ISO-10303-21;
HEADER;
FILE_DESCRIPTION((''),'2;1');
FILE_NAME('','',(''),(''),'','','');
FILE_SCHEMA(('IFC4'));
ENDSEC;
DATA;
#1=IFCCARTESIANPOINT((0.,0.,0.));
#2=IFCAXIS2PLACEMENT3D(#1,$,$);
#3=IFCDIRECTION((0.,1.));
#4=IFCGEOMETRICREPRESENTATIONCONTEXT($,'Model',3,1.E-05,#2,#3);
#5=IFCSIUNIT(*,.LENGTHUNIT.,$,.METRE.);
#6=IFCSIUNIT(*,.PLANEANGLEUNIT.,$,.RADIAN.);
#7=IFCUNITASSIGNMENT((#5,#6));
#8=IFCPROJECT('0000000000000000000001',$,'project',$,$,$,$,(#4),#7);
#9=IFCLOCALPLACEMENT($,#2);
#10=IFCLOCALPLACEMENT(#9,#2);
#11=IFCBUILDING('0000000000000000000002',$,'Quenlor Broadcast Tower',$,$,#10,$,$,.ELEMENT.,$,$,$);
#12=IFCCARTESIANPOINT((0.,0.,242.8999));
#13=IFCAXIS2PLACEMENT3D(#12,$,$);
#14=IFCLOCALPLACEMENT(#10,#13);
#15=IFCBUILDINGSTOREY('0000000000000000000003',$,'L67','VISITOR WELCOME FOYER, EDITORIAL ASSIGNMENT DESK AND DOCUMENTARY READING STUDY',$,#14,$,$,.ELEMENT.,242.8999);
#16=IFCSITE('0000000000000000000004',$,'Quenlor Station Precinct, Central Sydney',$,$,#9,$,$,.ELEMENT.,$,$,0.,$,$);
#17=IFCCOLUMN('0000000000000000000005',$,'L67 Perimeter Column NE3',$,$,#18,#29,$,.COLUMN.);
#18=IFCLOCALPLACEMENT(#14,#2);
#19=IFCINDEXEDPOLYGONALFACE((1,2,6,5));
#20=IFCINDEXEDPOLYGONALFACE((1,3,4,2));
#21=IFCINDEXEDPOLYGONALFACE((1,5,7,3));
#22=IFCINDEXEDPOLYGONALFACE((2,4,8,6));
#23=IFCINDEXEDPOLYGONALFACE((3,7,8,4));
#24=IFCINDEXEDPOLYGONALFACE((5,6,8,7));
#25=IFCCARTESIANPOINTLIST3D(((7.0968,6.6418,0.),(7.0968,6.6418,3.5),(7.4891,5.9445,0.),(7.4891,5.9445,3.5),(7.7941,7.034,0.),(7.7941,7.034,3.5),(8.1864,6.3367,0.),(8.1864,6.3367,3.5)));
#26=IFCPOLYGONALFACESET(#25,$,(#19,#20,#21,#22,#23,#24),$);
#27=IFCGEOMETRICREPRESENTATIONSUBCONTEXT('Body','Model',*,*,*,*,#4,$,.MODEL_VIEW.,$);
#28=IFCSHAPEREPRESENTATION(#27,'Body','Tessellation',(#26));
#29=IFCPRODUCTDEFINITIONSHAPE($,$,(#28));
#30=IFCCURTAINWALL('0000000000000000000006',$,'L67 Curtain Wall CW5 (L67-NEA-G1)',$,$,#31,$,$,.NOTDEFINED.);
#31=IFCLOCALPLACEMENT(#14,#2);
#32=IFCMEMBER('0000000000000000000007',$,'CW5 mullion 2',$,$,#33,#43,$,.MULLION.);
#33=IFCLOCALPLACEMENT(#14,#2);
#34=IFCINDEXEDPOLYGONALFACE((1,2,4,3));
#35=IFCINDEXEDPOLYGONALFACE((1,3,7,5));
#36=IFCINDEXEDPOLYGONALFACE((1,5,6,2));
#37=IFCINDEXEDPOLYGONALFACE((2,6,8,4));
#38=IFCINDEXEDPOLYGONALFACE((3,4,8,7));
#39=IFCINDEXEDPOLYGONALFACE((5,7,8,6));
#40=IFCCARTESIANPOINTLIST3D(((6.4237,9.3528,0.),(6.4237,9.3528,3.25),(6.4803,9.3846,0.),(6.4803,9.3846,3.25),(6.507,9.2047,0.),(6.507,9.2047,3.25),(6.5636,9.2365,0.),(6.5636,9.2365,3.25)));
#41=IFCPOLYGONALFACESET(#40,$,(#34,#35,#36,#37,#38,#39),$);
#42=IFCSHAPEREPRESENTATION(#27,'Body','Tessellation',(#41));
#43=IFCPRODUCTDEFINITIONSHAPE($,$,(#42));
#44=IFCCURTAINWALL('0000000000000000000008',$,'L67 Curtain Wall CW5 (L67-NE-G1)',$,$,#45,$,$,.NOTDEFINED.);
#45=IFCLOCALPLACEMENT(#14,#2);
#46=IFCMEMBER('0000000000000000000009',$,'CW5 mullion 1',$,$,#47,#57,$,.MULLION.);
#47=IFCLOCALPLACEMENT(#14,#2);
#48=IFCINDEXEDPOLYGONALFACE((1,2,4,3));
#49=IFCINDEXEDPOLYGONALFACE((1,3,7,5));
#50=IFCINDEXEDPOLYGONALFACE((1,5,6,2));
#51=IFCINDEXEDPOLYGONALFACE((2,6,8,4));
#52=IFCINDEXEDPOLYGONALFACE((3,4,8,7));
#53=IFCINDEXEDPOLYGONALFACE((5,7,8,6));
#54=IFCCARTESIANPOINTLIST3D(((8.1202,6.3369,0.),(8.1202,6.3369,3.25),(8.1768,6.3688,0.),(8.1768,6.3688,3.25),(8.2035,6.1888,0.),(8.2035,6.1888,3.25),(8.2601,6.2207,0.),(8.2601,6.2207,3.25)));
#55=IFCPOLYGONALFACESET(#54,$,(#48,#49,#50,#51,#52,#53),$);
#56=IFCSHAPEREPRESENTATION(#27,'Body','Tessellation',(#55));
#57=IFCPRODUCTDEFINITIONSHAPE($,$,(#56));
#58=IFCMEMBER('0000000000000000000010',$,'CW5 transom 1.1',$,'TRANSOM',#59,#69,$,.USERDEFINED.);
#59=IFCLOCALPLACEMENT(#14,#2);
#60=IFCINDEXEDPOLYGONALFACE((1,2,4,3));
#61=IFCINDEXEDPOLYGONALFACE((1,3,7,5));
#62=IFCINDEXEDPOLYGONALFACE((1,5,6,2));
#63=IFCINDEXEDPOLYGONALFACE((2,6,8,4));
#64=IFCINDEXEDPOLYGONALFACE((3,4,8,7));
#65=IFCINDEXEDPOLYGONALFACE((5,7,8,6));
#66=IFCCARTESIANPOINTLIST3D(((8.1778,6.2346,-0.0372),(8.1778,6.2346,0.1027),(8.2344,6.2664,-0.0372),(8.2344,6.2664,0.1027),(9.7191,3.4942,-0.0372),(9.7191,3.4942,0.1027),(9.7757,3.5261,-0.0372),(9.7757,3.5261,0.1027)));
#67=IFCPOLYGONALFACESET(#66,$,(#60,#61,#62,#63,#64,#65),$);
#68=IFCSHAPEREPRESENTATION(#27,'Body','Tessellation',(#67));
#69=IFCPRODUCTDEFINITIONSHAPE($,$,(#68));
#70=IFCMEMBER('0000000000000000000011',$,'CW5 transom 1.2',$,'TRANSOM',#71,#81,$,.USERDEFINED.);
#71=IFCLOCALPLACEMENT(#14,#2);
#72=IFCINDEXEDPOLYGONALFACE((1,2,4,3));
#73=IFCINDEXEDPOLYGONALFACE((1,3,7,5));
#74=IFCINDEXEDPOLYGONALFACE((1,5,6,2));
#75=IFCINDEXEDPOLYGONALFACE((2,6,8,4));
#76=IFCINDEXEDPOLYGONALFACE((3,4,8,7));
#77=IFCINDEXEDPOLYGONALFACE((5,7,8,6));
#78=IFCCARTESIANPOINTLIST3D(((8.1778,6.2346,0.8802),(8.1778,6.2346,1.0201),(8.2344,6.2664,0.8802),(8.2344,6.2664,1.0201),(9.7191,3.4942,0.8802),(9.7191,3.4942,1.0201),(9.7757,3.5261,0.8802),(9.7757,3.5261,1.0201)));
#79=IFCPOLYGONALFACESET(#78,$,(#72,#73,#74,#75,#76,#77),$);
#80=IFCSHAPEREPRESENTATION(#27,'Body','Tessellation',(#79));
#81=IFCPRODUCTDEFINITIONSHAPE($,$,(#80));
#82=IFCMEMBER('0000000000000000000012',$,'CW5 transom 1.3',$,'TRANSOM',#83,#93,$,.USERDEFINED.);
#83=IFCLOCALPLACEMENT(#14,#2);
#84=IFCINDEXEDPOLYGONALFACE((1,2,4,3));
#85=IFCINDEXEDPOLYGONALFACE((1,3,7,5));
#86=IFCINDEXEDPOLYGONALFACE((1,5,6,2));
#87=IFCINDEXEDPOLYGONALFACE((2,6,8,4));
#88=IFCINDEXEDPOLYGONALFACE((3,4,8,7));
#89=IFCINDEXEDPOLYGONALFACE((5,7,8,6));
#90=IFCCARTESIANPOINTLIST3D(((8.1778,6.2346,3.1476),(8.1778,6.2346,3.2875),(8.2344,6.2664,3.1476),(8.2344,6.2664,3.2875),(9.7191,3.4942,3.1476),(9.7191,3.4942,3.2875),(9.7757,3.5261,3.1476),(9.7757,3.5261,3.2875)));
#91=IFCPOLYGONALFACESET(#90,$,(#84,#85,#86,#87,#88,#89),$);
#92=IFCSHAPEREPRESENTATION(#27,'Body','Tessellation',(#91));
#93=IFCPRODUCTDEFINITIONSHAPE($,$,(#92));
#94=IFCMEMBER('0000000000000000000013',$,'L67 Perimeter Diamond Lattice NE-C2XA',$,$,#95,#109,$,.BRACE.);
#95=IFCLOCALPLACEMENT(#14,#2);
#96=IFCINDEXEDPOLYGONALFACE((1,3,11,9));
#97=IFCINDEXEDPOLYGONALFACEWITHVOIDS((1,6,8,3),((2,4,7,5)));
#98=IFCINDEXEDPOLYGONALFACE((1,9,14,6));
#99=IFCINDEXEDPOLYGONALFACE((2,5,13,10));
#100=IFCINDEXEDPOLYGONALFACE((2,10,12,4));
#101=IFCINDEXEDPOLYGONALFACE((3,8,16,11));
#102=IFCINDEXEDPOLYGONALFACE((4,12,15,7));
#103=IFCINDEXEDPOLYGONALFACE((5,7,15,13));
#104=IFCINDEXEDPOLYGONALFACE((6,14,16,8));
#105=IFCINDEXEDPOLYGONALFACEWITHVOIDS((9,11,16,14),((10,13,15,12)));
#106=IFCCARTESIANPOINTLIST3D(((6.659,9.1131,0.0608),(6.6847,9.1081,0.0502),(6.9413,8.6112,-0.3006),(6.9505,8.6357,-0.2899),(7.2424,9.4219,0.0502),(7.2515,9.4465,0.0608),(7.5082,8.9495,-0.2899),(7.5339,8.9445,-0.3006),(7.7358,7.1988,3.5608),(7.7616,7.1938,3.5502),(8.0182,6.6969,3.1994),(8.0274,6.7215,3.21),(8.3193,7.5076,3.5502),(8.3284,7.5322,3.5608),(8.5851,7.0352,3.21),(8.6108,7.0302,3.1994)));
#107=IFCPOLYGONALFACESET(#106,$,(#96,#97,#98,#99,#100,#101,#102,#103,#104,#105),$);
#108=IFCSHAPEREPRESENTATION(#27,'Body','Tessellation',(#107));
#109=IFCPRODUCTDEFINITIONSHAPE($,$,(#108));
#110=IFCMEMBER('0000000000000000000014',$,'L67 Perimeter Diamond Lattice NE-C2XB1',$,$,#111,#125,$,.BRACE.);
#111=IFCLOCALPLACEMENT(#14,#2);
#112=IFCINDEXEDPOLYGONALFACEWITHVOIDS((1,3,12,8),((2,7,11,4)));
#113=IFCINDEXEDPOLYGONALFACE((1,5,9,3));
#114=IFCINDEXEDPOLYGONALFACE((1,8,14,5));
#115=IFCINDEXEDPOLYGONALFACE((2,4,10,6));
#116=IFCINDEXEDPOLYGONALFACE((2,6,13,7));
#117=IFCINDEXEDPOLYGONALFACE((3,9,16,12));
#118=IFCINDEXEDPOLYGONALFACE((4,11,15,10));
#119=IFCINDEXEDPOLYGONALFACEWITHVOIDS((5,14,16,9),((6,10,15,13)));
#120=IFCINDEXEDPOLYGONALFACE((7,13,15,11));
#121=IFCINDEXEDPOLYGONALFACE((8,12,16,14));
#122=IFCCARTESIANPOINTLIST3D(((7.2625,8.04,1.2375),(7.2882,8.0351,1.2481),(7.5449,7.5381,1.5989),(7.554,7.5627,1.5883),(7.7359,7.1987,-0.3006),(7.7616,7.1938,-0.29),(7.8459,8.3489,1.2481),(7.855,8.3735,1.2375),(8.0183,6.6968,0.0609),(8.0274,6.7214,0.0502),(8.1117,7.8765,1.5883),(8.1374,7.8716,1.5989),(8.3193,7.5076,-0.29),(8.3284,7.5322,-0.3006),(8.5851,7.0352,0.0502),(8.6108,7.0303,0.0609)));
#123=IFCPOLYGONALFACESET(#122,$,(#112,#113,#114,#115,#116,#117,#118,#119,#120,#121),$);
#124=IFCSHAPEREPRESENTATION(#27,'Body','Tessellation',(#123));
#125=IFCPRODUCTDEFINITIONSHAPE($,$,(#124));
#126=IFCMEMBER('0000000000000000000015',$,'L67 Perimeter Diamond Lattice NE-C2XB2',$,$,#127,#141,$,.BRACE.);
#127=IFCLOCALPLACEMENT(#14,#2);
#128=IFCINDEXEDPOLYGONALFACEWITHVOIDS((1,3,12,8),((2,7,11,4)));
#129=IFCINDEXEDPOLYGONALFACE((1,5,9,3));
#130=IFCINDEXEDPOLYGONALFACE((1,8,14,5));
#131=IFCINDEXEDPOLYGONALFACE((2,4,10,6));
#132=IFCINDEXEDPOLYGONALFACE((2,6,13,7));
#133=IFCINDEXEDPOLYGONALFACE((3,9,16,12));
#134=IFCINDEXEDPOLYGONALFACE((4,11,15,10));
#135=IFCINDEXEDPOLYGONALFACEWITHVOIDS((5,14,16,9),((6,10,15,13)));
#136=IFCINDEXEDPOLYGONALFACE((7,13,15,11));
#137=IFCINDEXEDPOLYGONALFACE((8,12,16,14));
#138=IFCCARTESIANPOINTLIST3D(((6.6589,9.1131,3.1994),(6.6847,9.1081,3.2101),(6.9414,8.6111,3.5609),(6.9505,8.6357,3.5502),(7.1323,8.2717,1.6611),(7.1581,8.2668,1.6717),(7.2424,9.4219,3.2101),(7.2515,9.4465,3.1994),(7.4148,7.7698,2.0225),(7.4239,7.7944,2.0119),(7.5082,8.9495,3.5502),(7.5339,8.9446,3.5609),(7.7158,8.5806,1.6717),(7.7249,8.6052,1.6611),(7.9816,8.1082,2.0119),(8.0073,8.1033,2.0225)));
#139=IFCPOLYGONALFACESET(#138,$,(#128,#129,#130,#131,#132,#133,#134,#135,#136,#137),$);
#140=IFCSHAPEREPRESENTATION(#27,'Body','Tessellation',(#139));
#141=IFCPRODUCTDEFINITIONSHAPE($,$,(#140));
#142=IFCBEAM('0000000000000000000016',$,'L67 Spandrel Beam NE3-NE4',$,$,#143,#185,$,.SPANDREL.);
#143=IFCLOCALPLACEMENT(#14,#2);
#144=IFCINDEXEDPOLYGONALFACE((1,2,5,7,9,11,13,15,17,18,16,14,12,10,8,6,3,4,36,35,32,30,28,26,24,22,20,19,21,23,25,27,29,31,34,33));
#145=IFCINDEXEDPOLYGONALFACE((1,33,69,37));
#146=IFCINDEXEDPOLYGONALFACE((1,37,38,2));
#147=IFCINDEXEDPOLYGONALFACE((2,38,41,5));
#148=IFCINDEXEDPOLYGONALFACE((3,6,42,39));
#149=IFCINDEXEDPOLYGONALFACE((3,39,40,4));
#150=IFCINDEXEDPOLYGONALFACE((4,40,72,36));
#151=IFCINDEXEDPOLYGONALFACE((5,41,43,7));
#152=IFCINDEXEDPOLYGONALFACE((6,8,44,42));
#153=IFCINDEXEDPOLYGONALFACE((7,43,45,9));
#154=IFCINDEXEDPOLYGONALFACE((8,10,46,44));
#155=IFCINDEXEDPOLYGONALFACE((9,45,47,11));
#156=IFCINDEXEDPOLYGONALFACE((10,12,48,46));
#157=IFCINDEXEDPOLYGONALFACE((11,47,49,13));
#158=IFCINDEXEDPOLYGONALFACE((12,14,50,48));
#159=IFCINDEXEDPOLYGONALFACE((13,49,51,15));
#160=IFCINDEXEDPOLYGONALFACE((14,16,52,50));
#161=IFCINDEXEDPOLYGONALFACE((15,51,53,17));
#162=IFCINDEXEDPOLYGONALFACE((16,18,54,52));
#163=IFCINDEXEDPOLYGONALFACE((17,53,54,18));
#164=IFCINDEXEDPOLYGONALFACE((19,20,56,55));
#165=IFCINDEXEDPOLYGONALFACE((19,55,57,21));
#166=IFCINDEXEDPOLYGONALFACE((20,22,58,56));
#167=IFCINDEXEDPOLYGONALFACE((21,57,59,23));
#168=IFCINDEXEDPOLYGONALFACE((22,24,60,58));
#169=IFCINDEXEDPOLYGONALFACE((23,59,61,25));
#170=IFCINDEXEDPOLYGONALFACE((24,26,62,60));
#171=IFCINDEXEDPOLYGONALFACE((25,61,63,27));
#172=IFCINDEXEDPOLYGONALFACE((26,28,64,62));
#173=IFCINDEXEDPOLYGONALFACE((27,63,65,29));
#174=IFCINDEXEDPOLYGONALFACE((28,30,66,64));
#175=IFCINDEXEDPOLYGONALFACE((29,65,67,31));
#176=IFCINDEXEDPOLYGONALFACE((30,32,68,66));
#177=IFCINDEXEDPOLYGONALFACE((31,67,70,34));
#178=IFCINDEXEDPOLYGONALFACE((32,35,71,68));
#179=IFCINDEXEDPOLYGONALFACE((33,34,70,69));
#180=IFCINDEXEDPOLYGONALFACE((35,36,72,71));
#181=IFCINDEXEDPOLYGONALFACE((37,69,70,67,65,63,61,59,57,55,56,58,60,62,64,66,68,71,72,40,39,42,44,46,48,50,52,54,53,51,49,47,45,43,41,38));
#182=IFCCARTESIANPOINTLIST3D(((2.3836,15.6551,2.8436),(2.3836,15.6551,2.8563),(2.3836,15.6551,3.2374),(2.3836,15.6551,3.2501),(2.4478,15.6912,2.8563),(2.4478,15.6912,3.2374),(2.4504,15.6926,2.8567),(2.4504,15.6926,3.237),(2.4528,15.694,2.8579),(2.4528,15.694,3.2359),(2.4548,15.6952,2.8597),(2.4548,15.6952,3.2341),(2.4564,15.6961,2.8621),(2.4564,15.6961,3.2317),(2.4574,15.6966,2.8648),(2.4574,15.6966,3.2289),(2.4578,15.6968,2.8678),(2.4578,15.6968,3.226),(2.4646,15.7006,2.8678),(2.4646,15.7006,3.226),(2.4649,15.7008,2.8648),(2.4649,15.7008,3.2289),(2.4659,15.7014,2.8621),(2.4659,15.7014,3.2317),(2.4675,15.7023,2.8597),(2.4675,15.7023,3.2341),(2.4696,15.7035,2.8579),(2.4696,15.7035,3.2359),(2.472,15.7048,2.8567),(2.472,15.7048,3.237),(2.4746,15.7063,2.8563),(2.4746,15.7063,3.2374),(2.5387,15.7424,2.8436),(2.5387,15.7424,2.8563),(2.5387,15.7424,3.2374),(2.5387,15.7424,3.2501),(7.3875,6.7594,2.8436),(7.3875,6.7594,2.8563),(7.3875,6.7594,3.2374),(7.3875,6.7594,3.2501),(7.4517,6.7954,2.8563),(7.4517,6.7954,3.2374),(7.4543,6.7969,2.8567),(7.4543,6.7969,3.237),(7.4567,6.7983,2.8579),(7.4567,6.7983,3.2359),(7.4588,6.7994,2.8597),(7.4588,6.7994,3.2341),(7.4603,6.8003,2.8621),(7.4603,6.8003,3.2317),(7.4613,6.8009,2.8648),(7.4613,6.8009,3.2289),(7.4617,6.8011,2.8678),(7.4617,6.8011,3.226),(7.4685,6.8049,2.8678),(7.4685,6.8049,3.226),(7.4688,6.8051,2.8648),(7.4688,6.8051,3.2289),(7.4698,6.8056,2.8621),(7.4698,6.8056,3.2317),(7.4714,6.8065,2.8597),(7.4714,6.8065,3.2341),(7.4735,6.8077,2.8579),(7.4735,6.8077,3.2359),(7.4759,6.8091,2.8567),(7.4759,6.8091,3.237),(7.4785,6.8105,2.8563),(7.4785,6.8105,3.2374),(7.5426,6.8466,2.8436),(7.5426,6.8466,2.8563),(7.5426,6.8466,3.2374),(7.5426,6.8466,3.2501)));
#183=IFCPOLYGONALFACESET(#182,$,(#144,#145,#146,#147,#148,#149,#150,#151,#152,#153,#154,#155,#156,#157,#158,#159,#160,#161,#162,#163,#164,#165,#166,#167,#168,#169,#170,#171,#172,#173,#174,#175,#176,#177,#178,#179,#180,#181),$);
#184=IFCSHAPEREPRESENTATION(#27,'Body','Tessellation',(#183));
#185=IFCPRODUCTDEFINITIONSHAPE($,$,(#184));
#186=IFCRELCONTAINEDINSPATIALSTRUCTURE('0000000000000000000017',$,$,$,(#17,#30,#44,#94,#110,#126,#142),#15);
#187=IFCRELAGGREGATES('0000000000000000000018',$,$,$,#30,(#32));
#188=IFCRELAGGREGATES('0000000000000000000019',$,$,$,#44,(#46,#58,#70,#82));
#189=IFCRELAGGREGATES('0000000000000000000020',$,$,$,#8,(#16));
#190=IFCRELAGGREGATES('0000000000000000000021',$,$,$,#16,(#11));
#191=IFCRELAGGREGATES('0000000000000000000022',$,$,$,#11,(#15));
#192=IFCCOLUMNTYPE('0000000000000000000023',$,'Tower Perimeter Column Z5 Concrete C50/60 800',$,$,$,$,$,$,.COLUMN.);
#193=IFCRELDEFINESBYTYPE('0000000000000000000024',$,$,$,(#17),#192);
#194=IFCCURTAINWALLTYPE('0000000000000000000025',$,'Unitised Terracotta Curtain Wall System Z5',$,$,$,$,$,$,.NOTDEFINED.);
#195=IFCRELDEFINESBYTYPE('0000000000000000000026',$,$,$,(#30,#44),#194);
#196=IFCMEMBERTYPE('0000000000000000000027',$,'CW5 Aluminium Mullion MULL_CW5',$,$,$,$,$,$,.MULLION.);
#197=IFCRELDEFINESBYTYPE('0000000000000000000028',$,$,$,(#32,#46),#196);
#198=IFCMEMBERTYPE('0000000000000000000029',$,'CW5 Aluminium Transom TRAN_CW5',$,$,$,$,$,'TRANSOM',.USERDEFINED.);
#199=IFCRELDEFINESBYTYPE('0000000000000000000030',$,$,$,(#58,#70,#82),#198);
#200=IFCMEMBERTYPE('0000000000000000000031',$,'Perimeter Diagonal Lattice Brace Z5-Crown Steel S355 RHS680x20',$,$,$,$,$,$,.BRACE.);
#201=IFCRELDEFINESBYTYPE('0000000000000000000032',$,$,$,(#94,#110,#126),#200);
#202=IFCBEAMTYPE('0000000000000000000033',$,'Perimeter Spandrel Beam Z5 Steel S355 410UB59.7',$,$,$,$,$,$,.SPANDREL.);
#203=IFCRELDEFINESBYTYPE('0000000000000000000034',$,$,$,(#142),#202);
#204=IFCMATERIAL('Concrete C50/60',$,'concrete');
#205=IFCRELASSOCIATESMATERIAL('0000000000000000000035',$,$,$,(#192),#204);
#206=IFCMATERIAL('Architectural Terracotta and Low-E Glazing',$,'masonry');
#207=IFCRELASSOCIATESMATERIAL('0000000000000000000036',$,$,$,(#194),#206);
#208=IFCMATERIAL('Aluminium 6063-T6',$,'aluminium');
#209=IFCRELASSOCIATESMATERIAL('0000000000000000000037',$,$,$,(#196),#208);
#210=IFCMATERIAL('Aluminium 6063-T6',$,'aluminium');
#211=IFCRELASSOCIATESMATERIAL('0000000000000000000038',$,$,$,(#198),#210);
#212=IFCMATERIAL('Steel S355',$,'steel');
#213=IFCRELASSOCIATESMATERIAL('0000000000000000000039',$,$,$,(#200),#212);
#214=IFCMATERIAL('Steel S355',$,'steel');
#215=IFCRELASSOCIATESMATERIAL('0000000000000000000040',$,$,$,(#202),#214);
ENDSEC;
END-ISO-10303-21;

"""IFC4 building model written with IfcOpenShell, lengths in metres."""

from ifc_helpers import new_model, si_unit, direction, frame, origin, origin_2d, place, context, subcontext, project, spatial, rectangle, hollow_rectangle, i_section, extrude, material, material_profile, profile_set, type_object, element, aggregate, save


model = new_model("IFC4")

# Units and contexts
model_context = context("Model", 3, precision=1e-05, world=origin(), true_north=direction((0.0, 1.0)))
body_context = subcontext(model_context, "Body", "Model", "MODEL_VIEW")
ifc_project = project(units=[si_unit("LENGTHUNIT", "METRE"), si_unit("PLANEANGLEUNIT", "RADIAN")], contexts=[model_context])

# Site, building, storey
site_placement = place(None, origin())
site = spatial("IfcSite", under=ifc_project, at=site_placement, Name="Quenlor Station Precinct, Central Sydney", CompositionType="ELEMENT", RefElevation=0.0)
building_placement = place(site_placement, origin())
building = spatial("IfcBuilding", under=site, at=building_placement, Name="Quenlor Broadcast Tower", CompositionType="ELEMENT")
storey_placement = place(building_placement, frame((0.0, 0.0, 242.8999)))
storey = spatial("IfcBuildingStorey", under=building, at=storey_placement, Name="L67", Description="VISITOR WELCOME FOYER, EDITORIAL ASSIGNMENT DESK AND DOCUMENTARY READING STUDY", CompositionType="ELEMENT", Elevation=242.8999)

# Column
ifc_material_1 = material(Name="Concrete C50/60", Category="concrete")
ifc_material_profile_1 = material_profile(ifc_material_1, rectangle(XDim=0.8, YDim=0.8, at=origin_2d()))
ifc_profile_set_1 = profile_set([ifc_material_profile_1], Name="Concrete C50/60 RC800x800")
column_type = type_object("IfcColumnType", Name="Tower Perimeter Column Z5 Concrete C50/60 800", PredefinedType="COLUMN", material=ifc_profile_set_1)
column_placement = place(storey_placement, frame((7.6416, 6.4893, 0.0), z_axis=(0.0, 0.0, 1.0), x_axis=(0.871575, 0.490262, 0.0)))
element("IfcColumn", 1, at=column_placement, inside=storey, type_object=column_type, Name="L67 Perimeter Column NE3", PredefinedType="COLUMN", context=body_context, shape_type="SweptSolid", body=[
    extrude(rectangle(XDim=0.8, YDim=0.8, at=origin_2d()), origin(), (0.0, 0.0, 1.0), 3.5),
])

# Curtain wall, member
ifc_material_2 = material(Name="Architectural Terracotta and Low-E Glazing", Category="masonry")
curtain_wall_type = type_object("IfcCurtainWallType", Name="Unitised Terracotta Curtain Wall System Z5", PredefinedType="NOTDEFINED", material=ifc_material_2)
curtain_wall_1_placement = place(storey_placement, origin())
curtain_wall_1 = element("IfcCurtainWall", 2, at=curtain_wall_1_placement, inside=storey, type_object=curtain_wall_type, Name="L67 Curtain Wall CW5 (L67-NEA-G1)", PredefinedType="NOTDEFINED")
ifc_material_3 = material(Name="Aluminium 6063-T6", Category="aluminium")
ifc_material_profile_2 = material_profile(ifc_material_3, rectangle(XDim=0.0649, YDim=0.1699, at=origin_2d()))
ifc_profile_set_2 = profile_set([ifc_material_profile_2], Name="Aluminium 6063-T6 MULL65x170")
member_type_1 = type_object("IfcMemberType", Name="CW5 Aluminium Mullion MULL_CW5", PredefinedType="MULLION", material=ifc_profile_set_2)
member_1_placement = place(storey_placement, frame((6.4937, 9.2947, 0.0), z_axis=(0.0, 0.0, 1.0), x_axis=(0.871582, 0.49025, 0.0)))
member_1 = element("IfcMember", 3, at=member_1_placement, type_object=member_type_1, Name="CW5 mullion 2", PredefinedType="MULLION", context=body_context, shape_type="SweptSolid", body=[
    extrude(rectangle(XDim=0.0649, YDim=0.1699, at=origin_2d()), origin(), (0.0, 0.0, 1.0), 3.25),
])
aggregate(curtain_wall_1, [member_1])

# Curtain wall, members
curtain_wall_2_placement = place(storey_placement, origin())
curtain_wall_2 = element("IfcCurtainWall", 4, at=curtain_wall_2_placement, inside=storey, type_object=curtain_wall_type, Name="L67 Curtain Wall CW5 (L67-NE-G1)", PredefinedType="NOTDEFINED")
member_2_placement = place(storey_placement, frame((8.1902, 6.2788, 0.0), z_axis=(0.0, 0.0, 1.0), x_axis=(0.871575, 0.490263, 0.0)))
member_2 = element("IfcMember", 5, at=member_2_placement, type_object=member_type_1, Name="CW5 mullion 1", PredefinedType="MULLION", context=body_context, shape_type="SweptSolid", body=[
    extrude(rectangle(XDim=0.0649, YDim=0.1699, at=origin_2d()), origin(), (0.0, 0.0, 1.0), 3.25),
])
ifc_material_4 = material(Name="Aluminium 6063-T6", Category="aluminium")
ifc_material_profile_3 = material_profile(ifc_material_4, rectangle(XDim=0.0649, YDim=0.1399, at=origin_2d()))
ifc_profile_set_3 = profile_set([ifc_material_profile_3], Name="Aluminium 6063-T6 TRAN65x140")
member_type_2 = type_object("IfcMemberType", Name="CW5 Aluminium Transom TRAN_CW5", ElementType="TRANSOM", PredefinedType="USERDEFINED", material=ifc_profile_set_3)
member_3_placement = place(storey_placement, frame((8.2061, 6.2505, 0.0327), z_axis=(0.490232, -0.871592, 0.0), x_axis=(0.871592, 0.490232, 0.0)))
member_3 = element("IfcMember", 6, at=member_3_placement, type_object=member_type_2, Name="CW5 transom 1.1", ObjectType="TRANSOM", PredefinedType="USERDEFINED", context=body_context, shape_type="SweptSolid", body=[
    extrude(rectangle(XDim=0.0649, YDim=0.1399, at=origin_2d()), origin(), (0.0, 0.0, 1.0), 3.144),
])
member_4_placement = place(storey_placement, frame((8.2061, 6.2505, 0.9502), z_axis=(0.490232, -0.871592, 0.0), x_axis=(0.871592, 0.490232, 0.0)))
member_4 = element("IfcMember", 7, at=member_4_placement, type_object=member_type_2, Name="CW5 transom 1.2", ObjectType="TRANSOM", PredefinedType="USERDEFINED", context=body_context, shape_type="SweptSolid", body=[
    extrude(rectangle(XDim=0.0649, YDim=0.1399, at=origin_2d()), origin(), (0.0, 0.0, 1.0), 3.144),
])
member_5_placement = place(storey_placement, frame((8.2061, 6.2505, 3.2175), z_axis=(0.490232, -0.871592, 0.0), x_axis=(0.871592, 0.490232, 0.0)))
member_5 = element("IfcMember", 8, at=member_5_placement, type_object=member_type_2, Name="CW5 transom 1.3", ObjectType="TRANSOM", PredefinedType="USERDEFINED", context=body_context, shape_type="SweptSolid", body=[
    extrude(rectangle(XDim=0.0649, YDim=0.1399, at=origin_2d()), origin(), (0.0, 0.0, 1.0), 3.144),
])

# Members
ifc_material_5 = material(Name="Steel S355", Category="steel")
ifc_material_profile_4 = material_profile(ifc_material_5, hollow_rectangle(XDim=0.6799, YDim=0.6799, WallThickness=0.02, at=origin_2d()))
ifc_profile_set_4 = profile_set([ifc_material_profile_4], Name="Steel S355 RHS680x680x20")
member_type_3 = type_object("IfcMemberType", Name="Perimeter Diagonal Lattice Brace Z5-Crown Steel S355 RHS680x20", PredefinedType="BRACE", material=ifc_profile_set_4)
member_6_placement = place(storey_placement, frame((7.0964, 9.0288, -0.1199), z_axis=(0.260619, -0.463276, 0.847026), x_axis=(0.871555, 0.490298, 0.0)))
element("IfcMember", 9, at=member_6_placement, inside=storey, type_object=member_type_3, Name="L67 Perimeter Diamond Lattice NE-C2XA", PredefinedType="BRACE", context=body_context, shape_type="SweptSolid", body=[
    extrude(hollow_rectangle(XDim=0.6799, YDim=0.6799, WallThickness=0.02, at=origin_2d()), origin(), (0.0, 0.0, 1.0), 4.1321),
])
member_7_placement = place(storey_placement, frame((8.1733, 7.1145, -0.1199), z_axis=(-0.260686, 0.463293, 0.846996), x_axis=(-0.871508, -0.490381, 0.0)))
element("IfcMember", 10, at=member_7_placement, inside=storey, type_object=member_type_3, Name="L67 Perimeter Diamond Lattice NE-C2XB1", PredefinedType="BRACE", context=body_context, shape_type="SweptSolid", body=[
    extrude(hollow_rectangle(XDim=0.6799, YDim=0.6799, WallThickness=0.02, at=origin_2d()), origin(), (0.0, 0.0, 1.0), 1.8159),
])
member_8_placement = place(storey_placement, frame((7.5698, 8.1875, 1.8418), z_axis=(-0.260657, 0.463241, 0.847034), x_axis=(-0.871508, -0.490381, 0.0)))
element("IfcMember", 11, at=member_8_placement, inside=storey, type_object=member_type_3, Name="L67 Perimeter Diamond Lattice NE-C2XB2", PredefinedType="BRACE", context=body_context, shape_type="SweptSolid", body=[
    extrude(hollow_rectangle(XDim=0.6799, YDim=0.6799, WallThickness=0.02, at=origin_2d()), origin(), (0.0, 0.0, 1.0), 1.8162),
])

# Beam
ifc_material_6 = material(Name="Steel S355", Category="steel")
ifc_material_profile_5 = material_profile(ifc_material_6, i_section(OverallWidth=0.178, OverallDepth=0.4065, WebThickness=0.0078, FlangeThickness=0.0127, FilletRadius=0.0115, at=origin_2d()))
ifc_profile_set_5 = profile_set([ifc_material_profile_5], Name="Steel S355 410UB59.7")
beam_type_1 = type_object("IfcBeamType", Name="Perimeter Spandrel Beam Z5 Steel S355 410UB59.7", PredefinedType="SPANDREL", material=ifc_profile_set_5)
beam_1_placement = place(storey_placement, frame((7.4651, 6.803, 3.0469), z_axis=(-0.490265, 0.871574, 0.0), x_axis=(-0.871574, -0.490265, 0.0)))
element("IfcBeam", 12, at=beam_1_placement, inside=storey, type_object=beam_type_1, Name="L67 Spandrel Beam NE3-NE4", PredefinedType="SPANDREL", context=body_context, shape_type="SweptSolid", body=[
    extrude(i_section(OverallWidth=0.178, OverallDepth=0.4065, WebThickness=0.0078, FlangeThickness=0.0127, FilletRadius=0.0115, at=origin_2d()), origin(), (0.0, 0.0, 1.0), 10.2065),
])

aggregate(curtain_wall_2, [member_2, member_3, member_4, member_5])

save(model, "model.ifc")
